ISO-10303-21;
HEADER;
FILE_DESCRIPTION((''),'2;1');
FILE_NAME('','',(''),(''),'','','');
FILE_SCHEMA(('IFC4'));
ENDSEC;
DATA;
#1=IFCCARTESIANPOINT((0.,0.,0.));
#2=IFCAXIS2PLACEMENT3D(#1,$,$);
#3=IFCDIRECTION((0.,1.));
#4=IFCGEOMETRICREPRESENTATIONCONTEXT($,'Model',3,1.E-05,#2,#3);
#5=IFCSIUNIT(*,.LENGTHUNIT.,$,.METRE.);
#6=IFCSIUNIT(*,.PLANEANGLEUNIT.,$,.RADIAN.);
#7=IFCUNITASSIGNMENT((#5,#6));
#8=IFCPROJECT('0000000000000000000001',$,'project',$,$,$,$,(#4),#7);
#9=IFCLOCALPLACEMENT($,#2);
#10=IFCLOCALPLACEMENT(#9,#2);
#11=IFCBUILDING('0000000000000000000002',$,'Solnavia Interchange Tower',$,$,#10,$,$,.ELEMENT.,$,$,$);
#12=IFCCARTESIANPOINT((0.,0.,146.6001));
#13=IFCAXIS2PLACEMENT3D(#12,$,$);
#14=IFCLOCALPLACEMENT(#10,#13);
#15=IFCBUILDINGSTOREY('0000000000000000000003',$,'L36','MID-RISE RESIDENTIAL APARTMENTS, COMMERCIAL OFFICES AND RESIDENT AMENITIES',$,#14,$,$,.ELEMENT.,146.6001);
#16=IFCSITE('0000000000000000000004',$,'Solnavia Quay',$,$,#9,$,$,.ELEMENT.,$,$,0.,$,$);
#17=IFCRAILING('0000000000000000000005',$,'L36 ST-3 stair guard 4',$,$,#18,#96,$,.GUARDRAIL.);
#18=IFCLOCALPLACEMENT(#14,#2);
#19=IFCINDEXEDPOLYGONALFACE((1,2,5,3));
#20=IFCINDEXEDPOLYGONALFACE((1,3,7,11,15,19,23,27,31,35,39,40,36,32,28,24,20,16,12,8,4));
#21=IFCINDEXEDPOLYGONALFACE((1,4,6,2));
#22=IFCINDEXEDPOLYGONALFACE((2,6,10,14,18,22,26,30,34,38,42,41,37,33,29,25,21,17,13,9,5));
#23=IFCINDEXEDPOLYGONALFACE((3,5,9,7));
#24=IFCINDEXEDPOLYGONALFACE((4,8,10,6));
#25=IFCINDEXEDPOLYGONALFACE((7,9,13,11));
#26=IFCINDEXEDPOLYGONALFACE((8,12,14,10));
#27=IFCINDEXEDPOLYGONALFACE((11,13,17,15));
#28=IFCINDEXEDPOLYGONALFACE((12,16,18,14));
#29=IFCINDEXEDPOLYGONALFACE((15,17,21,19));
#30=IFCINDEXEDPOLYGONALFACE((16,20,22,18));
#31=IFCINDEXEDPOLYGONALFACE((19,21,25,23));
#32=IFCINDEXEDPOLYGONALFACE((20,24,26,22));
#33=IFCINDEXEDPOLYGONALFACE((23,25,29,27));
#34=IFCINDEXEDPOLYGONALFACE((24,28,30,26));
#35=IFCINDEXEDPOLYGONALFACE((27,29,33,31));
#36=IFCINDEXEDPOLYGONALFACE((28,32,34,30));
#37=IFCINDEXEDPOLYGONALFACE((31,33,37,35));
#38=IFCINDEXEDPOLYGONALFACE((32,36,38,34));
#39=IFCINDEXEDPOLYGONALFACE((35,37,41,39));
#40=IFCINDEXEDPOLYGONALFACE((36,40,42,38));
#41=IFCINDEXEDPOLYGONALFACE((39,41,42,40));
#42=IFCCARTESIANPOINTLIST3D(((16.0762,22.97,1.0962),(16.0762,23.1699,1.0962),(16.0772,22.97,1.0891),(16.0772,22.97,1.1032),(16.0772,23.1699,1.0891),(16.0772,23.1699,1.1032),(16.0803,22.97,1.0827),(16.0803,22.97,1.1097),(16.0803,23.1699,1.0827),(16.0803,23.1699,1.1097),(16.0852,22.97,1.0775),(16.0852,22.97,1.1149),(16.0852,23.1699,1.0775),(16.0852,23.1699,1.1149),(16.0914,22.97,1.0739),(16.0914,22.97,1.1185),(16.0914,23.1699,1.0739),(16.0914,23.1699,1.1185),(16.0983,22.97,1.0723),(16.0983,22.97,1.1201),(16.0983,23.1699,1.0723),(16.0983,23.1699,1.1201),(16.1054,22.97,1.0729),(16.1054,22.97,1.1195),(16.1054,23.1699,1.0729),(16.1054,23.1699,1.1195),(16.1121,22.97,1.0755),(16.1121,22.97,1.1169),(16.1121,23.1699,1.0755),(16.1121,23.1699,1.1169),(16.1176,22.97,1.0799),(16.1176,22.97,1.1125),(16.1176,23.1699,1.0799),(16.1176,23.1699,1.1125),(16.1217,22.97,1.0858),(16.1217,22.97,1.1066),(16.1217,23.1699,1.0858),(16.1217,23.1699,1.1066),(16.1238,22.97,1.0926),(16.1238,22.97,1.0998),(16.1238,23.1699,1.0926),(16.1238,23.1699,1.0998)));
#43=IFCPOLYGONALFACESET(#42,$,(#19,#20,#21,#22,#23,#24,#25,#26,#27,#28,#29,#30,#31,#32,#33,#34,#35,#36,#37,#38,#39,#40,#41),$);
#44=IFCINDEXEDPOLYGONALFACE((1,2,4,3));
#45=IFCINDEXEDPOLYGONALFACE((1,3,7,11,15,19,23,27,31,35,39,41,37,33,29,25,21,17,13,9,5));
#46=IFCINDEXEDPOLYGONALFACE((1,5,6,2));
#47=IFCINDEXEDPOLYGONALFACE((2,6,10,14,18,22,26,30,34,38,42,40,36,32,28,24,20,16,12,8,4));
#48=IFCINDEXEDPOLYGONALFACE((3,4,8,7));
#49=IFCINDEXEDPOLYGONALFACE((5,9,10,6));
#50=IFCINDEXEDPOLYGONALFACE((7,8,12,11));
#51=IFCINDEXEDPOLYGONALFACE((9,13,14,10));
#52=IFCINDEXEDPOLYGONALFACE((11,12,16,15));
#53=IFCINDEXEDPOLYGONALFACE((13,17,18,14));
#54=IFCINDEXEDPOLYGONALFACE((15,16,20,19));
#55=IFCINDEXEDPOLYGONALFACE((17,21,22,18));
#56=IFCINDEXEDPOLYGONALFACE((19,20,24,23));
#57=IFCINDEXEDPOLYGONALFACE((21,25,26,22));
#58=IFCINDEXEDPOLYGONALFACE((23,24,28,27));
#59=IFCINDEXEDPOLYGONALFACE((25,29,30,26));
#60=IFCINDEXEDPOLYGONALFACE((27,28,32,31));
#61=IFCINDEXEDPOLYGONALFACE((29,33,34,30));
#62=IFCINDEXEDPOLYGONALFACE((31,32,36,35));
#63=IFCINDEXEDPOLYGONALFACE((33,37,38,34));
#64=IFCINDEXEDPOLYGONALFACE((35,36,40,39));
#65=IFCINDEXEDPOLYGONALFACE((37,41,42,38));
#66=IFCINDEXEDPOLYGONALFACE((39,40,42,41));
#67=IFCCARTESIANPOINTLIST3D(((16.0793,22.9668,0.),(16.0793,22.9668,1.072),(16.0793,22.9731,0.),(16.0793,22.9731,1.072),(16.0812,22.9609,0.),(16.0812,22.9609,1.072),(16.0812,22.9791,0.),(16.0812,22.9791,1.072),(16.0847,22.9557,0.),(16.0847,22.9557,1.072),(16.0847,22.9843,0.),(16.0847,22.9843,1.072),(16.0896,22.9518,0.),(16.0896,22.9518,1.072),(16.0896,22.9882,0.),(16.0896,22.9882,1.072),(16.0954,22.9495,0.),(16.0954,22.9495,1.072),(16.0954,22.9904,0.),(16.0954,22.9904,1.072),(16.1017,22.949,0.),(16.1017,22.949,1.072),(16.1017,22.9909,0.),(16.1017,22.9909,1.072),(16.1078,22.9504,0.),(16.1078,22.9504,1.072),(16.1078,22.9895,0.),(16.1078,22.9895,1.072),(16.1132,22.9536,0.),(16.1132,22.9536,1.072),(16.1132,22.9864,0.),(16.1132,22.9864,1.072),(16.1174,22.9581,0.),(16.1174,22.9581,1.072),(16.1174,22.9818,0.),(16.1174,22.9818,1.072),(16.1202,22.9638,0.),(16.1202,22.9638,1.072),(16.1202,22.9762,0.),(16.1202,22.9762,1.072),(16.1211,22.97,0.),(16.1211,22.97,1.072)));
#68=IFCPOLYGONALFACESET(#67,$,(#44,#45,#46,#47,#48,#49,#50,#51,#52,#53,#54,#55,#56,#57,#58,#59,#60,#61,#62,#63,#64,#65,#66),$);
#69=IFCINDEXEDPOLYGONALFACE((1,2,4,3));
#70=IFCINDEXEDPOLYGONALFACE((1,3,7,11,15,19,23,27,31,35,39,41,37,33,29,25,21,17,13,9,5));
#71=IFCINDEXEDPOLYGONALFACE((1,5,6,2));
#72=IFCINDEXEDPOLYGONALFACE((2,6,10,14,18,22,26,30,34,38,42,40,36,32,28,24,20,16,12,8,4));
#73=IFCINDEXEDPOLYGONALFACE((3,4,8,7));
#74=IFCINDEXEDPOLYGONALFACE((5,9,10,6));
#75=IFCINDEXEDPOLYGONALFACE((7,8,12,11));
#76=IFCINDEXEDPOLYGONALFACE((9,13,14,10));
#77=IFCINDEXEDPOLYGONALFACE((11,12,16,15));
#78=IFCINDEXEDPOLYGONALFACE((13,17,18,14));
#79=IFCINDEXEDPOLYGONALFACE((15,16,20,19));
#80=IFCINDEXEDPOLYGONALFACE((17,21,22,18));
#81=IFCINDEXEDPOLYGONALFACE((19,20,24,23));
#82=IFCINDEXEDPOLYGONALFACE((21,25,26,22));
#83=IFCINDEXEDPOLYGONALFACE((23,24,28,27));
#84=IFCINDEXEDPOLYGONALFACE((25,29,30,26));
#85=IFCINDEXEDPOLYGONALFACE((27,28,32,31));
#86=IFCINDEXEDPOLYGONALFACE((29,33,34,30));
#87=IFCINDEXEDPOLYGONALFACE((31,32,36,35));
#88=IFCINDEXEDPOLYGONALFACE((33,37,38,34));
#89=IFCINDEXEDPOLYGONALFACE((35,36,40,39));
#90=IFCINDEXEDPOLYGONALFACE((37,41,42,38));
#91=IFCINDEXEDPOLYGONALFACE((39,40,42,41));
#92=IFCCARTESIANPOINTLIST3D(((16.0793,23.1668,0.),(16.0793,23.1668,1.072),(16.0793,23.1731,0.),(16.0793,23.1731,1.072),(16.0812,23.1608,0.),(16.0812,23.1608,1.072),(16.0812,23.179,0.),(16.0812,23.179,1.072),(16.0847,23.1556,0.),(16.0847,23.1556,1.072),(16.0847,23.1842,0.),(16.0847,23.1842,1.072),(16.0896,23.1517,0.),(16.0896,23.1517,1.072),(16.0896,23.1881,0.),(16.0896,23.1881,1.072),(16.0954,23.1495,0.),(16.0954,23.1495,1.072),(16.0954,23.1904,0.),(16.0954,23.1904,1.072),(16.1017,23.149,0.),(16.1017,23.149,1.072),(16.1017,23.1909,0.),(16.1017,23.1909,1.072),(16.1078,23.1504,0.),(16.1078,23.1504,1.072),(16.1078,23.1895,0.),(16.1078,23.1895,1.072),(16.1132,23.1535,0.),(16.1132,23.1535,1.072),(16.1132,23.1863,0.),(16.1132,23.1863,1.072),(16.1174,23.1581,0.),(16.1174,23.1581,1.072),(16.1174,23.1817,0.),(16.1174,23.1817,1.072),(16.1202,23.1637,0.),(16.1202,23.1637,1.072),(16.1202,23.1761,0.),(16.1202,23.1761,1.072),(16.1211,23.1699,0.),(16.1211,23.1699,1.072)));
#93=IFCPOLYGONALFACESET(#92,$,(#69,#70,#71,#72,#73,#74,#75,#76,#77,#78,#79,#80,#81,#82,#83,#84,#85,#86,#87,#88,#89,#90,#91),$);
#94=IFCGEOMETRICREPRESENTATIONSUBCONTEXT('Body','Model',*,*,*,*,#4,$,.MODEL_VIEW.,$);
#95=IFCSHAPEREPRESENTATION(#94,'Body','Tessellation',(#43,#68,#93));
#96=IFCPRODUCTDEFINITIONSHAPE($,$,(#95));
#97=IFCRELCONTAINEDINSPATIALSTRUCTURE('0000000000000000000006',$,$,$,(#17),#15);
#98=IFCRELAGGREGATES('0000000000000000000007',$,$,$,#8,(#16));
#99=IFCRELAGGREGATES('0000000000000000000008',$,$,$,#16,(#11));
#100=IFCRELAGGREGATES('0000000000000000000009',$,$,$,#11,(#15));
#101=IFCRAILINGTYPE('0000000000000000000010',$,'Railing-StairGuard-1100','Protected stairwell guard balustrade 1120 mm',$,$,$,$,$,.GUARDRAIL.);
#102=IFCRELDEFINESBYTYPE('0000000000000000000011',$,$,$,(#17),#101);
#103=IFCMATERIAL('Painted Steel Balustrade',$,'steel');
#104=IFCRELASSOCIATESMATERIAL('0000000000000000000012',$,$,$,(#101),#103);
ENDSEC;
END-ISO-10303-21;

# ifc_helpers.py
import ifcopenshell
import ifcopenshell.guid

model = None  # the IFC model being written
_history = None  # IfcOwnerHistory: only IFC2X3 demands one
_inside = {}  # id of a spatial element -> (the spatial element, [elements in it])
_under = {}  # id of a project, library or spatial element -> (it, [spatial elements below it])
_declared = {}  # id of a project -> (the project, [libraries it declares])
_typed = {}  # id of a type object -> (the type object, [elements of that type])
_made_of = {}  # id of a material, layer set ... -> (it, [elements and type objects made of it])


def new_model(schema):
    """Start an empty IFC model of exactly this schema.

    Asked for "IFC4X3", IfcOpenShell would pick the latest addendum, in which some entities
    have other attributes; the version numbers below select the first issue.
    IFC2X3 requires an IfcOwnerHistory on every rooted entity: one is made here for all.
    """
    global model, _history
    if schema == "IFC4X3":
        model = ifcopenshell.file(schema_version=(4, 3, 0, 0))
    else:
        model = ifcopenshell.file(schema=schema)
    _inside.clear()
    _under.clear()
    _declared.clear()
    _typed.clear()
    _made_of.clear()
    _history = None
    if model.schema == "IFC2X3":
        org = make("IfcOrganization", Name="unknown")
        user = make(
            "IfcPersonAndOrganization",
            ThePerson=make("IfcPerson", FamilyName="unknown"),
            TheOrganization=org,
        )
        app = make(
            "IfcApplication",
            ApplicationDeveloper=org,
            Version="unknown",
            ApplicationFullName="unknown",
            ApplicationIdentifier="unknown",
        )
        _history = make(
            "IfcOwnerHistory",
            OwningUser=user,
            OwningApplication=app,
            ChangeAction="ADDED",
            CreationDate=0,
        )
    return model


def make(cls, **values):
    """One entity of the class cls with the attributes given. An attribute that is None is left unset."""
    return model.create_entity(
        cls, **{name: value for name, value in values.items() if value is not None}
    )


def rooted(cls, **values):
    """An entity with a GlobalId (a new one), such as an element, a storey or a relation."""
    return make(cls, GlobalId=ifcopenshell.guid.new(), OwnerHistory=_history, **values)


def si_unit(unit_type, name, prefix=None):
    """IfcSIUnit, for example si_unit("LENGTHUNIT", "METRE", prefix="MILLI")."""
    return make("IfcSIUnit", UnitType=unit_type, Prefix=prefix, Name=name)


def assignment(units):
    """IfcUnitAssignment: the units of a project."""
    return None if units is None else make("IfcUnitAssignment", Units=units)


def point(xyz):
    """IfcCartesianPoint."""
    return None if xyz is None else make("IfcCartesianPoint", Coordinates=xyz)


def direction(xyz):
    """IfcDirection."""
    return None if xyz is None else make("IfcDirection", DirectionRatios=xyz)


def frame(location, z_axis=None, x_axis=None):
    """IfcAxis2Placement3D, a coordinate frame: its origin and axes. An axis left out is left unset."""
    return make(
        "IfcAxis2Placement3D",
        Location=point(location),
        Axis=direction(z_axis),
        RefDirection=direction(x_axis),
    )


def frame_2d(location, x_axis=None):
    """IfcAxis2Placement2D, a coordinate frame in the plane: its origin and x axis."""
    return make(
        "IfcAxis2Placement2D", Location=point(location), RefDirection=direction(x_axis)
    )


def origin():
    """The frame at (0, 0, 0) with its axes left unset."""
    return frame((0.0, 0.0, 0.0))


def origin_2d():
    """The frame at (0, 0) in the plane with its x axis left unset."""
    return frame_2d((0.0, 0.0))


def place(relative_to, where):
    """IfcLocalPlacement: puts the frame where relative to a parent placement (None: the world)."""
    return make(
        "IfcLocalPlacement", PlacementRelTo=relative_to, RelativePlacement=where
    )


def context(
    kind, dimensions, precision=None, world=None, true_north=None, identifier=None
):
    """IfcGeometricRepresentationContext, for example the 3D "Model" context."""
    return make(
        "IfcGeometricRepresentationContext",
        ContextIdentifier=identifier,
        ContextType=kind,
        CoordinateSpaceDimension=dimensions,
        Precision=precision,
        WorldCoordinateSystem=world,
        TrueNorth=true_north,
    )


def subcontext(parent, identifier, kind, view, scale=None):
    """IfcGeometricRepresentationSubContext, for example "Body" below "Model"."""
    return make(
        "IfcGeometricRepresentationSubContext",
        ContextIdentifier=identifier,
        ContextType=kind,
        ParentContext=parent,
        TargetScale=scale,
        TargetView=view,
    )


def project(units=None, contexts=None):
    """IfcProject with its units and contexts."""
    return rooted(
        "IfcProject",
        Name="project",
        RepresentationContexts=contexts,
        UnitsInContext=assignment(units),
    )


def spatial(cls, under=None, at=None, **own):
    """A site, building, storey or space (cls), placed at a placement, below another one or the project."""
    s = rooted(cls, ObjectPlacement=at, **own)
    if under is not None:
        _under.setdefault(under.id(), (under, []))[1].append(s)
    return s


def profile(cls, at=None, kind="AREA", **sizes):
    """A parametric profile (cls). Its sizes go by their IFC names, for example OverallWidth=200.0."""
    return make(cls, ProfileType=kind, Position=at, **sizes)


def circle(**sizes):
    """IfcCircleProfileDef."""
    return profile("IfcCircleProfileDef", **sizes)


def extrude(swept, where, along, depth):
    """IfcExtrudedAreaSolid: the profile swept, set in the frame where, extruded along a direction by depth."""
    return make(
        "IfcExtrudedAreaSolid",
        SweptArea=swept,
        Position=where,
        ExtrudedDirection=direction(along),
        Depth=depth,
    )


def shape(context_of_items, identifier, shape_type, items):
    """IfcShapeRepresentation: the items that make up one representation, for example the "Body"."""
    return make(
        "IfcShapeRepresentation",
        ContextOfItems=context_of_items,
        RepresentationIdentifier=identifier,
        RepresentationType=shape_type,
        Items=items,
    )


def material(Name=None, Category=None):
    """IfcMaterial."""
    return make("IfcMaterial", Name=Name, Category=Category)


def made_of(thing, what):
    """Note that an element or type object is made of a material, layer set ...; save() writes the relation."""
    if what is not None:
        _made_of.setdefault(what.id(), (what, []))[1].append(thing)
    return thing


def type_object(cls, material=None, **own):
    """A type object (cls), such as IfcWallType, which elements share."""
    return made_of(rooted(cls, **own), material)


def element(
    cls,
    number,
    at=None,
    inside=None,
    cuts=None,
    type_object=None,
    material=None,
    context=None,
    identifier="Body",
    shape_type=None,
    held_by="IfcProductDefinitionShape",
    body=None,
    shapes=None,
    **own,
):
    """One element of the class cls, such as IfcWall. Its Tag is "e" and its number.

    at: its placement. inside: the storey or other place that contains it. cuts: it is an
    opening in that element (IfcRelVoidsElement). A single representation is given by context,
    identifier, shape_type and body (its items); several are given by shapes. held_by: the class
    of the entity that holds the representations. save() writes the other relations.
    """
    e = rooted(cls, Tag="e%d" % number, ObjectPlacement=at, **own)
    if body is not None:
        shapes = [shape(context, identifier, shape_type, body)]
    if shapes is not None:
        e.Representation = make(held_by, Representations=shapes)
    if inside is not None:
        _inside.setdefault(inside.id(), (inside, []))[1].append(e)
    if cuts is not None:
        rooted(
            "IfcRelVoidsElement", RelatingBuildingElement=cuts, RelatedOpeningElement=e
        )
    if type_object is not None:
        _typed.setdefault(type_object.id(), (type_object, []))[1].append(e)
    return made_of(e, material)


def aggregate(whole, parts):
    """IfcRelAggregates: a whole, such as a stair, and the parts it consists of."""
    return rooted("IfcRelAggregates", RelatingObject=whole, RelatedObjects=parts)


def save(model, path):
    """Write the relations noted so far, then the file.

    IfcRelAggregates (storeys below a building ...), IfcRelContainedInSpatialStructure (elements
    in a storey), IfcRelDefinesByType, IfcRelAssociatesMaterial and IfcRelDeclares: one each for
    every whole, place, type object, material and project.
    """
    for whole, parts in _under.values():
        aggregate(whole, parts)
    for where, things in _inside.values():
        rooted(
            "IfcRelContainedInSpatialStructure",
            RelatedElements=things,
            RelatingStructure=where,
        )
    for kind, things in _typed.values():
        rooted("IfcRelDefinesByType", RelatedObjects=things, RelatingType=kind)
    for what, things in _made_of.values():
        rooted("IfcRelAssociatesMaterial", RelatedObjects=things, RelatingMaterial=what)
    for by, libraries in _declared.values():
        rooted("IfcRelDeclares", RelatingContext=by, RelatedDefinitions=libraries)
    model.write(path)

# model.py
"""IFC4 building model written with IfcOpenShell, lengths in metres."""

from ifc_helpers import new_model, si_unit, direction, frame, origin, origin_2d, place, context, subcontext, project, spatial, circle, extrude, material, type_object, element, save


model = new_model("IFC4")

# Units and contexts
model_context = context("Model", 3, precision=1e-05, world=origin(), true_north=direction((0.0, 1.0)))
body_context = subcontext(model_context, "Body", "Model", "MODEL_VIEW")
ifc_project = project(units=[si_unit("LENGTHUNIT", "METRE"), si_unit("PLANEANGLEUNIT", "RADIAN")], contexts=[model_context])

# Site, building, storey
site_placement = place(None, origin())
site = spatial("IfcSite", under=ifc_project, at=site_placement, Name="Solnavia Quay", CompositionType="ELEMENT", RefElevation=0.0)
building_placement = place(site_placement, origin())
building = spatial("IfcBuilding", under=site, at=building_placement, Name="Solnavia Interchange Tower", CompositionType="ELEMENT")
storey_placement = place(building_placement, frame((0.0, 0.0, 146.6001)))
storey = spatial("IfcBuildingStorey", under=building, at=storey_placement, Name="L36", Description="MID-RISE RESIDENTIAL APARTMENTS, COMMERCIAL OFFICES AND RESIDENT AMENITIES", CompositionType="ELEMENT", Elevation=146.6001)

# Railing
ifc_material_1 = material(Name="Painted Steel Balustrade", Category="steel")
railing_type_1 = type_object("IfcRailingType", Name="Railing-StairGuard-1100", Description="Protected stairwell guard balustrade 1120 mm", PredefinedType="GUARDRAIL", material=ifc_material_1)
railing_1_placement = place(storey_placement, frame((16.1001, 22.97, 0.0)))
element("IfcRailing", 1, at=railing_1_placement, inside=storey, type_object=railing_type_1, Name="L36 ST-3 stair guard 4", PredefinedType="GUARDRAIL", context=body_context, shape_type="SweptSolid", body=[
    extrude(circle(Radius=0.0239, at=origin_2d()), frame((0.0, 0.0, 1.0962), z_axis=(0.0, 1.0, 0.0), x_axis=(-1.0, 0.0, 0.0)), (0.0, 0.0, 1.0), 0.2),
    extrude(circle(Radius=0.021, at=origin_2d()), origin(), (0.0, 0.0, 1.0), 1.072),
    extrude(circle(Radius=0.021, at=origin_2d()), frame((0.0, 0.2, 0.0)), (0.0, 0.0, 1.0), 1.072),
])

save(model, "model.ifc")
